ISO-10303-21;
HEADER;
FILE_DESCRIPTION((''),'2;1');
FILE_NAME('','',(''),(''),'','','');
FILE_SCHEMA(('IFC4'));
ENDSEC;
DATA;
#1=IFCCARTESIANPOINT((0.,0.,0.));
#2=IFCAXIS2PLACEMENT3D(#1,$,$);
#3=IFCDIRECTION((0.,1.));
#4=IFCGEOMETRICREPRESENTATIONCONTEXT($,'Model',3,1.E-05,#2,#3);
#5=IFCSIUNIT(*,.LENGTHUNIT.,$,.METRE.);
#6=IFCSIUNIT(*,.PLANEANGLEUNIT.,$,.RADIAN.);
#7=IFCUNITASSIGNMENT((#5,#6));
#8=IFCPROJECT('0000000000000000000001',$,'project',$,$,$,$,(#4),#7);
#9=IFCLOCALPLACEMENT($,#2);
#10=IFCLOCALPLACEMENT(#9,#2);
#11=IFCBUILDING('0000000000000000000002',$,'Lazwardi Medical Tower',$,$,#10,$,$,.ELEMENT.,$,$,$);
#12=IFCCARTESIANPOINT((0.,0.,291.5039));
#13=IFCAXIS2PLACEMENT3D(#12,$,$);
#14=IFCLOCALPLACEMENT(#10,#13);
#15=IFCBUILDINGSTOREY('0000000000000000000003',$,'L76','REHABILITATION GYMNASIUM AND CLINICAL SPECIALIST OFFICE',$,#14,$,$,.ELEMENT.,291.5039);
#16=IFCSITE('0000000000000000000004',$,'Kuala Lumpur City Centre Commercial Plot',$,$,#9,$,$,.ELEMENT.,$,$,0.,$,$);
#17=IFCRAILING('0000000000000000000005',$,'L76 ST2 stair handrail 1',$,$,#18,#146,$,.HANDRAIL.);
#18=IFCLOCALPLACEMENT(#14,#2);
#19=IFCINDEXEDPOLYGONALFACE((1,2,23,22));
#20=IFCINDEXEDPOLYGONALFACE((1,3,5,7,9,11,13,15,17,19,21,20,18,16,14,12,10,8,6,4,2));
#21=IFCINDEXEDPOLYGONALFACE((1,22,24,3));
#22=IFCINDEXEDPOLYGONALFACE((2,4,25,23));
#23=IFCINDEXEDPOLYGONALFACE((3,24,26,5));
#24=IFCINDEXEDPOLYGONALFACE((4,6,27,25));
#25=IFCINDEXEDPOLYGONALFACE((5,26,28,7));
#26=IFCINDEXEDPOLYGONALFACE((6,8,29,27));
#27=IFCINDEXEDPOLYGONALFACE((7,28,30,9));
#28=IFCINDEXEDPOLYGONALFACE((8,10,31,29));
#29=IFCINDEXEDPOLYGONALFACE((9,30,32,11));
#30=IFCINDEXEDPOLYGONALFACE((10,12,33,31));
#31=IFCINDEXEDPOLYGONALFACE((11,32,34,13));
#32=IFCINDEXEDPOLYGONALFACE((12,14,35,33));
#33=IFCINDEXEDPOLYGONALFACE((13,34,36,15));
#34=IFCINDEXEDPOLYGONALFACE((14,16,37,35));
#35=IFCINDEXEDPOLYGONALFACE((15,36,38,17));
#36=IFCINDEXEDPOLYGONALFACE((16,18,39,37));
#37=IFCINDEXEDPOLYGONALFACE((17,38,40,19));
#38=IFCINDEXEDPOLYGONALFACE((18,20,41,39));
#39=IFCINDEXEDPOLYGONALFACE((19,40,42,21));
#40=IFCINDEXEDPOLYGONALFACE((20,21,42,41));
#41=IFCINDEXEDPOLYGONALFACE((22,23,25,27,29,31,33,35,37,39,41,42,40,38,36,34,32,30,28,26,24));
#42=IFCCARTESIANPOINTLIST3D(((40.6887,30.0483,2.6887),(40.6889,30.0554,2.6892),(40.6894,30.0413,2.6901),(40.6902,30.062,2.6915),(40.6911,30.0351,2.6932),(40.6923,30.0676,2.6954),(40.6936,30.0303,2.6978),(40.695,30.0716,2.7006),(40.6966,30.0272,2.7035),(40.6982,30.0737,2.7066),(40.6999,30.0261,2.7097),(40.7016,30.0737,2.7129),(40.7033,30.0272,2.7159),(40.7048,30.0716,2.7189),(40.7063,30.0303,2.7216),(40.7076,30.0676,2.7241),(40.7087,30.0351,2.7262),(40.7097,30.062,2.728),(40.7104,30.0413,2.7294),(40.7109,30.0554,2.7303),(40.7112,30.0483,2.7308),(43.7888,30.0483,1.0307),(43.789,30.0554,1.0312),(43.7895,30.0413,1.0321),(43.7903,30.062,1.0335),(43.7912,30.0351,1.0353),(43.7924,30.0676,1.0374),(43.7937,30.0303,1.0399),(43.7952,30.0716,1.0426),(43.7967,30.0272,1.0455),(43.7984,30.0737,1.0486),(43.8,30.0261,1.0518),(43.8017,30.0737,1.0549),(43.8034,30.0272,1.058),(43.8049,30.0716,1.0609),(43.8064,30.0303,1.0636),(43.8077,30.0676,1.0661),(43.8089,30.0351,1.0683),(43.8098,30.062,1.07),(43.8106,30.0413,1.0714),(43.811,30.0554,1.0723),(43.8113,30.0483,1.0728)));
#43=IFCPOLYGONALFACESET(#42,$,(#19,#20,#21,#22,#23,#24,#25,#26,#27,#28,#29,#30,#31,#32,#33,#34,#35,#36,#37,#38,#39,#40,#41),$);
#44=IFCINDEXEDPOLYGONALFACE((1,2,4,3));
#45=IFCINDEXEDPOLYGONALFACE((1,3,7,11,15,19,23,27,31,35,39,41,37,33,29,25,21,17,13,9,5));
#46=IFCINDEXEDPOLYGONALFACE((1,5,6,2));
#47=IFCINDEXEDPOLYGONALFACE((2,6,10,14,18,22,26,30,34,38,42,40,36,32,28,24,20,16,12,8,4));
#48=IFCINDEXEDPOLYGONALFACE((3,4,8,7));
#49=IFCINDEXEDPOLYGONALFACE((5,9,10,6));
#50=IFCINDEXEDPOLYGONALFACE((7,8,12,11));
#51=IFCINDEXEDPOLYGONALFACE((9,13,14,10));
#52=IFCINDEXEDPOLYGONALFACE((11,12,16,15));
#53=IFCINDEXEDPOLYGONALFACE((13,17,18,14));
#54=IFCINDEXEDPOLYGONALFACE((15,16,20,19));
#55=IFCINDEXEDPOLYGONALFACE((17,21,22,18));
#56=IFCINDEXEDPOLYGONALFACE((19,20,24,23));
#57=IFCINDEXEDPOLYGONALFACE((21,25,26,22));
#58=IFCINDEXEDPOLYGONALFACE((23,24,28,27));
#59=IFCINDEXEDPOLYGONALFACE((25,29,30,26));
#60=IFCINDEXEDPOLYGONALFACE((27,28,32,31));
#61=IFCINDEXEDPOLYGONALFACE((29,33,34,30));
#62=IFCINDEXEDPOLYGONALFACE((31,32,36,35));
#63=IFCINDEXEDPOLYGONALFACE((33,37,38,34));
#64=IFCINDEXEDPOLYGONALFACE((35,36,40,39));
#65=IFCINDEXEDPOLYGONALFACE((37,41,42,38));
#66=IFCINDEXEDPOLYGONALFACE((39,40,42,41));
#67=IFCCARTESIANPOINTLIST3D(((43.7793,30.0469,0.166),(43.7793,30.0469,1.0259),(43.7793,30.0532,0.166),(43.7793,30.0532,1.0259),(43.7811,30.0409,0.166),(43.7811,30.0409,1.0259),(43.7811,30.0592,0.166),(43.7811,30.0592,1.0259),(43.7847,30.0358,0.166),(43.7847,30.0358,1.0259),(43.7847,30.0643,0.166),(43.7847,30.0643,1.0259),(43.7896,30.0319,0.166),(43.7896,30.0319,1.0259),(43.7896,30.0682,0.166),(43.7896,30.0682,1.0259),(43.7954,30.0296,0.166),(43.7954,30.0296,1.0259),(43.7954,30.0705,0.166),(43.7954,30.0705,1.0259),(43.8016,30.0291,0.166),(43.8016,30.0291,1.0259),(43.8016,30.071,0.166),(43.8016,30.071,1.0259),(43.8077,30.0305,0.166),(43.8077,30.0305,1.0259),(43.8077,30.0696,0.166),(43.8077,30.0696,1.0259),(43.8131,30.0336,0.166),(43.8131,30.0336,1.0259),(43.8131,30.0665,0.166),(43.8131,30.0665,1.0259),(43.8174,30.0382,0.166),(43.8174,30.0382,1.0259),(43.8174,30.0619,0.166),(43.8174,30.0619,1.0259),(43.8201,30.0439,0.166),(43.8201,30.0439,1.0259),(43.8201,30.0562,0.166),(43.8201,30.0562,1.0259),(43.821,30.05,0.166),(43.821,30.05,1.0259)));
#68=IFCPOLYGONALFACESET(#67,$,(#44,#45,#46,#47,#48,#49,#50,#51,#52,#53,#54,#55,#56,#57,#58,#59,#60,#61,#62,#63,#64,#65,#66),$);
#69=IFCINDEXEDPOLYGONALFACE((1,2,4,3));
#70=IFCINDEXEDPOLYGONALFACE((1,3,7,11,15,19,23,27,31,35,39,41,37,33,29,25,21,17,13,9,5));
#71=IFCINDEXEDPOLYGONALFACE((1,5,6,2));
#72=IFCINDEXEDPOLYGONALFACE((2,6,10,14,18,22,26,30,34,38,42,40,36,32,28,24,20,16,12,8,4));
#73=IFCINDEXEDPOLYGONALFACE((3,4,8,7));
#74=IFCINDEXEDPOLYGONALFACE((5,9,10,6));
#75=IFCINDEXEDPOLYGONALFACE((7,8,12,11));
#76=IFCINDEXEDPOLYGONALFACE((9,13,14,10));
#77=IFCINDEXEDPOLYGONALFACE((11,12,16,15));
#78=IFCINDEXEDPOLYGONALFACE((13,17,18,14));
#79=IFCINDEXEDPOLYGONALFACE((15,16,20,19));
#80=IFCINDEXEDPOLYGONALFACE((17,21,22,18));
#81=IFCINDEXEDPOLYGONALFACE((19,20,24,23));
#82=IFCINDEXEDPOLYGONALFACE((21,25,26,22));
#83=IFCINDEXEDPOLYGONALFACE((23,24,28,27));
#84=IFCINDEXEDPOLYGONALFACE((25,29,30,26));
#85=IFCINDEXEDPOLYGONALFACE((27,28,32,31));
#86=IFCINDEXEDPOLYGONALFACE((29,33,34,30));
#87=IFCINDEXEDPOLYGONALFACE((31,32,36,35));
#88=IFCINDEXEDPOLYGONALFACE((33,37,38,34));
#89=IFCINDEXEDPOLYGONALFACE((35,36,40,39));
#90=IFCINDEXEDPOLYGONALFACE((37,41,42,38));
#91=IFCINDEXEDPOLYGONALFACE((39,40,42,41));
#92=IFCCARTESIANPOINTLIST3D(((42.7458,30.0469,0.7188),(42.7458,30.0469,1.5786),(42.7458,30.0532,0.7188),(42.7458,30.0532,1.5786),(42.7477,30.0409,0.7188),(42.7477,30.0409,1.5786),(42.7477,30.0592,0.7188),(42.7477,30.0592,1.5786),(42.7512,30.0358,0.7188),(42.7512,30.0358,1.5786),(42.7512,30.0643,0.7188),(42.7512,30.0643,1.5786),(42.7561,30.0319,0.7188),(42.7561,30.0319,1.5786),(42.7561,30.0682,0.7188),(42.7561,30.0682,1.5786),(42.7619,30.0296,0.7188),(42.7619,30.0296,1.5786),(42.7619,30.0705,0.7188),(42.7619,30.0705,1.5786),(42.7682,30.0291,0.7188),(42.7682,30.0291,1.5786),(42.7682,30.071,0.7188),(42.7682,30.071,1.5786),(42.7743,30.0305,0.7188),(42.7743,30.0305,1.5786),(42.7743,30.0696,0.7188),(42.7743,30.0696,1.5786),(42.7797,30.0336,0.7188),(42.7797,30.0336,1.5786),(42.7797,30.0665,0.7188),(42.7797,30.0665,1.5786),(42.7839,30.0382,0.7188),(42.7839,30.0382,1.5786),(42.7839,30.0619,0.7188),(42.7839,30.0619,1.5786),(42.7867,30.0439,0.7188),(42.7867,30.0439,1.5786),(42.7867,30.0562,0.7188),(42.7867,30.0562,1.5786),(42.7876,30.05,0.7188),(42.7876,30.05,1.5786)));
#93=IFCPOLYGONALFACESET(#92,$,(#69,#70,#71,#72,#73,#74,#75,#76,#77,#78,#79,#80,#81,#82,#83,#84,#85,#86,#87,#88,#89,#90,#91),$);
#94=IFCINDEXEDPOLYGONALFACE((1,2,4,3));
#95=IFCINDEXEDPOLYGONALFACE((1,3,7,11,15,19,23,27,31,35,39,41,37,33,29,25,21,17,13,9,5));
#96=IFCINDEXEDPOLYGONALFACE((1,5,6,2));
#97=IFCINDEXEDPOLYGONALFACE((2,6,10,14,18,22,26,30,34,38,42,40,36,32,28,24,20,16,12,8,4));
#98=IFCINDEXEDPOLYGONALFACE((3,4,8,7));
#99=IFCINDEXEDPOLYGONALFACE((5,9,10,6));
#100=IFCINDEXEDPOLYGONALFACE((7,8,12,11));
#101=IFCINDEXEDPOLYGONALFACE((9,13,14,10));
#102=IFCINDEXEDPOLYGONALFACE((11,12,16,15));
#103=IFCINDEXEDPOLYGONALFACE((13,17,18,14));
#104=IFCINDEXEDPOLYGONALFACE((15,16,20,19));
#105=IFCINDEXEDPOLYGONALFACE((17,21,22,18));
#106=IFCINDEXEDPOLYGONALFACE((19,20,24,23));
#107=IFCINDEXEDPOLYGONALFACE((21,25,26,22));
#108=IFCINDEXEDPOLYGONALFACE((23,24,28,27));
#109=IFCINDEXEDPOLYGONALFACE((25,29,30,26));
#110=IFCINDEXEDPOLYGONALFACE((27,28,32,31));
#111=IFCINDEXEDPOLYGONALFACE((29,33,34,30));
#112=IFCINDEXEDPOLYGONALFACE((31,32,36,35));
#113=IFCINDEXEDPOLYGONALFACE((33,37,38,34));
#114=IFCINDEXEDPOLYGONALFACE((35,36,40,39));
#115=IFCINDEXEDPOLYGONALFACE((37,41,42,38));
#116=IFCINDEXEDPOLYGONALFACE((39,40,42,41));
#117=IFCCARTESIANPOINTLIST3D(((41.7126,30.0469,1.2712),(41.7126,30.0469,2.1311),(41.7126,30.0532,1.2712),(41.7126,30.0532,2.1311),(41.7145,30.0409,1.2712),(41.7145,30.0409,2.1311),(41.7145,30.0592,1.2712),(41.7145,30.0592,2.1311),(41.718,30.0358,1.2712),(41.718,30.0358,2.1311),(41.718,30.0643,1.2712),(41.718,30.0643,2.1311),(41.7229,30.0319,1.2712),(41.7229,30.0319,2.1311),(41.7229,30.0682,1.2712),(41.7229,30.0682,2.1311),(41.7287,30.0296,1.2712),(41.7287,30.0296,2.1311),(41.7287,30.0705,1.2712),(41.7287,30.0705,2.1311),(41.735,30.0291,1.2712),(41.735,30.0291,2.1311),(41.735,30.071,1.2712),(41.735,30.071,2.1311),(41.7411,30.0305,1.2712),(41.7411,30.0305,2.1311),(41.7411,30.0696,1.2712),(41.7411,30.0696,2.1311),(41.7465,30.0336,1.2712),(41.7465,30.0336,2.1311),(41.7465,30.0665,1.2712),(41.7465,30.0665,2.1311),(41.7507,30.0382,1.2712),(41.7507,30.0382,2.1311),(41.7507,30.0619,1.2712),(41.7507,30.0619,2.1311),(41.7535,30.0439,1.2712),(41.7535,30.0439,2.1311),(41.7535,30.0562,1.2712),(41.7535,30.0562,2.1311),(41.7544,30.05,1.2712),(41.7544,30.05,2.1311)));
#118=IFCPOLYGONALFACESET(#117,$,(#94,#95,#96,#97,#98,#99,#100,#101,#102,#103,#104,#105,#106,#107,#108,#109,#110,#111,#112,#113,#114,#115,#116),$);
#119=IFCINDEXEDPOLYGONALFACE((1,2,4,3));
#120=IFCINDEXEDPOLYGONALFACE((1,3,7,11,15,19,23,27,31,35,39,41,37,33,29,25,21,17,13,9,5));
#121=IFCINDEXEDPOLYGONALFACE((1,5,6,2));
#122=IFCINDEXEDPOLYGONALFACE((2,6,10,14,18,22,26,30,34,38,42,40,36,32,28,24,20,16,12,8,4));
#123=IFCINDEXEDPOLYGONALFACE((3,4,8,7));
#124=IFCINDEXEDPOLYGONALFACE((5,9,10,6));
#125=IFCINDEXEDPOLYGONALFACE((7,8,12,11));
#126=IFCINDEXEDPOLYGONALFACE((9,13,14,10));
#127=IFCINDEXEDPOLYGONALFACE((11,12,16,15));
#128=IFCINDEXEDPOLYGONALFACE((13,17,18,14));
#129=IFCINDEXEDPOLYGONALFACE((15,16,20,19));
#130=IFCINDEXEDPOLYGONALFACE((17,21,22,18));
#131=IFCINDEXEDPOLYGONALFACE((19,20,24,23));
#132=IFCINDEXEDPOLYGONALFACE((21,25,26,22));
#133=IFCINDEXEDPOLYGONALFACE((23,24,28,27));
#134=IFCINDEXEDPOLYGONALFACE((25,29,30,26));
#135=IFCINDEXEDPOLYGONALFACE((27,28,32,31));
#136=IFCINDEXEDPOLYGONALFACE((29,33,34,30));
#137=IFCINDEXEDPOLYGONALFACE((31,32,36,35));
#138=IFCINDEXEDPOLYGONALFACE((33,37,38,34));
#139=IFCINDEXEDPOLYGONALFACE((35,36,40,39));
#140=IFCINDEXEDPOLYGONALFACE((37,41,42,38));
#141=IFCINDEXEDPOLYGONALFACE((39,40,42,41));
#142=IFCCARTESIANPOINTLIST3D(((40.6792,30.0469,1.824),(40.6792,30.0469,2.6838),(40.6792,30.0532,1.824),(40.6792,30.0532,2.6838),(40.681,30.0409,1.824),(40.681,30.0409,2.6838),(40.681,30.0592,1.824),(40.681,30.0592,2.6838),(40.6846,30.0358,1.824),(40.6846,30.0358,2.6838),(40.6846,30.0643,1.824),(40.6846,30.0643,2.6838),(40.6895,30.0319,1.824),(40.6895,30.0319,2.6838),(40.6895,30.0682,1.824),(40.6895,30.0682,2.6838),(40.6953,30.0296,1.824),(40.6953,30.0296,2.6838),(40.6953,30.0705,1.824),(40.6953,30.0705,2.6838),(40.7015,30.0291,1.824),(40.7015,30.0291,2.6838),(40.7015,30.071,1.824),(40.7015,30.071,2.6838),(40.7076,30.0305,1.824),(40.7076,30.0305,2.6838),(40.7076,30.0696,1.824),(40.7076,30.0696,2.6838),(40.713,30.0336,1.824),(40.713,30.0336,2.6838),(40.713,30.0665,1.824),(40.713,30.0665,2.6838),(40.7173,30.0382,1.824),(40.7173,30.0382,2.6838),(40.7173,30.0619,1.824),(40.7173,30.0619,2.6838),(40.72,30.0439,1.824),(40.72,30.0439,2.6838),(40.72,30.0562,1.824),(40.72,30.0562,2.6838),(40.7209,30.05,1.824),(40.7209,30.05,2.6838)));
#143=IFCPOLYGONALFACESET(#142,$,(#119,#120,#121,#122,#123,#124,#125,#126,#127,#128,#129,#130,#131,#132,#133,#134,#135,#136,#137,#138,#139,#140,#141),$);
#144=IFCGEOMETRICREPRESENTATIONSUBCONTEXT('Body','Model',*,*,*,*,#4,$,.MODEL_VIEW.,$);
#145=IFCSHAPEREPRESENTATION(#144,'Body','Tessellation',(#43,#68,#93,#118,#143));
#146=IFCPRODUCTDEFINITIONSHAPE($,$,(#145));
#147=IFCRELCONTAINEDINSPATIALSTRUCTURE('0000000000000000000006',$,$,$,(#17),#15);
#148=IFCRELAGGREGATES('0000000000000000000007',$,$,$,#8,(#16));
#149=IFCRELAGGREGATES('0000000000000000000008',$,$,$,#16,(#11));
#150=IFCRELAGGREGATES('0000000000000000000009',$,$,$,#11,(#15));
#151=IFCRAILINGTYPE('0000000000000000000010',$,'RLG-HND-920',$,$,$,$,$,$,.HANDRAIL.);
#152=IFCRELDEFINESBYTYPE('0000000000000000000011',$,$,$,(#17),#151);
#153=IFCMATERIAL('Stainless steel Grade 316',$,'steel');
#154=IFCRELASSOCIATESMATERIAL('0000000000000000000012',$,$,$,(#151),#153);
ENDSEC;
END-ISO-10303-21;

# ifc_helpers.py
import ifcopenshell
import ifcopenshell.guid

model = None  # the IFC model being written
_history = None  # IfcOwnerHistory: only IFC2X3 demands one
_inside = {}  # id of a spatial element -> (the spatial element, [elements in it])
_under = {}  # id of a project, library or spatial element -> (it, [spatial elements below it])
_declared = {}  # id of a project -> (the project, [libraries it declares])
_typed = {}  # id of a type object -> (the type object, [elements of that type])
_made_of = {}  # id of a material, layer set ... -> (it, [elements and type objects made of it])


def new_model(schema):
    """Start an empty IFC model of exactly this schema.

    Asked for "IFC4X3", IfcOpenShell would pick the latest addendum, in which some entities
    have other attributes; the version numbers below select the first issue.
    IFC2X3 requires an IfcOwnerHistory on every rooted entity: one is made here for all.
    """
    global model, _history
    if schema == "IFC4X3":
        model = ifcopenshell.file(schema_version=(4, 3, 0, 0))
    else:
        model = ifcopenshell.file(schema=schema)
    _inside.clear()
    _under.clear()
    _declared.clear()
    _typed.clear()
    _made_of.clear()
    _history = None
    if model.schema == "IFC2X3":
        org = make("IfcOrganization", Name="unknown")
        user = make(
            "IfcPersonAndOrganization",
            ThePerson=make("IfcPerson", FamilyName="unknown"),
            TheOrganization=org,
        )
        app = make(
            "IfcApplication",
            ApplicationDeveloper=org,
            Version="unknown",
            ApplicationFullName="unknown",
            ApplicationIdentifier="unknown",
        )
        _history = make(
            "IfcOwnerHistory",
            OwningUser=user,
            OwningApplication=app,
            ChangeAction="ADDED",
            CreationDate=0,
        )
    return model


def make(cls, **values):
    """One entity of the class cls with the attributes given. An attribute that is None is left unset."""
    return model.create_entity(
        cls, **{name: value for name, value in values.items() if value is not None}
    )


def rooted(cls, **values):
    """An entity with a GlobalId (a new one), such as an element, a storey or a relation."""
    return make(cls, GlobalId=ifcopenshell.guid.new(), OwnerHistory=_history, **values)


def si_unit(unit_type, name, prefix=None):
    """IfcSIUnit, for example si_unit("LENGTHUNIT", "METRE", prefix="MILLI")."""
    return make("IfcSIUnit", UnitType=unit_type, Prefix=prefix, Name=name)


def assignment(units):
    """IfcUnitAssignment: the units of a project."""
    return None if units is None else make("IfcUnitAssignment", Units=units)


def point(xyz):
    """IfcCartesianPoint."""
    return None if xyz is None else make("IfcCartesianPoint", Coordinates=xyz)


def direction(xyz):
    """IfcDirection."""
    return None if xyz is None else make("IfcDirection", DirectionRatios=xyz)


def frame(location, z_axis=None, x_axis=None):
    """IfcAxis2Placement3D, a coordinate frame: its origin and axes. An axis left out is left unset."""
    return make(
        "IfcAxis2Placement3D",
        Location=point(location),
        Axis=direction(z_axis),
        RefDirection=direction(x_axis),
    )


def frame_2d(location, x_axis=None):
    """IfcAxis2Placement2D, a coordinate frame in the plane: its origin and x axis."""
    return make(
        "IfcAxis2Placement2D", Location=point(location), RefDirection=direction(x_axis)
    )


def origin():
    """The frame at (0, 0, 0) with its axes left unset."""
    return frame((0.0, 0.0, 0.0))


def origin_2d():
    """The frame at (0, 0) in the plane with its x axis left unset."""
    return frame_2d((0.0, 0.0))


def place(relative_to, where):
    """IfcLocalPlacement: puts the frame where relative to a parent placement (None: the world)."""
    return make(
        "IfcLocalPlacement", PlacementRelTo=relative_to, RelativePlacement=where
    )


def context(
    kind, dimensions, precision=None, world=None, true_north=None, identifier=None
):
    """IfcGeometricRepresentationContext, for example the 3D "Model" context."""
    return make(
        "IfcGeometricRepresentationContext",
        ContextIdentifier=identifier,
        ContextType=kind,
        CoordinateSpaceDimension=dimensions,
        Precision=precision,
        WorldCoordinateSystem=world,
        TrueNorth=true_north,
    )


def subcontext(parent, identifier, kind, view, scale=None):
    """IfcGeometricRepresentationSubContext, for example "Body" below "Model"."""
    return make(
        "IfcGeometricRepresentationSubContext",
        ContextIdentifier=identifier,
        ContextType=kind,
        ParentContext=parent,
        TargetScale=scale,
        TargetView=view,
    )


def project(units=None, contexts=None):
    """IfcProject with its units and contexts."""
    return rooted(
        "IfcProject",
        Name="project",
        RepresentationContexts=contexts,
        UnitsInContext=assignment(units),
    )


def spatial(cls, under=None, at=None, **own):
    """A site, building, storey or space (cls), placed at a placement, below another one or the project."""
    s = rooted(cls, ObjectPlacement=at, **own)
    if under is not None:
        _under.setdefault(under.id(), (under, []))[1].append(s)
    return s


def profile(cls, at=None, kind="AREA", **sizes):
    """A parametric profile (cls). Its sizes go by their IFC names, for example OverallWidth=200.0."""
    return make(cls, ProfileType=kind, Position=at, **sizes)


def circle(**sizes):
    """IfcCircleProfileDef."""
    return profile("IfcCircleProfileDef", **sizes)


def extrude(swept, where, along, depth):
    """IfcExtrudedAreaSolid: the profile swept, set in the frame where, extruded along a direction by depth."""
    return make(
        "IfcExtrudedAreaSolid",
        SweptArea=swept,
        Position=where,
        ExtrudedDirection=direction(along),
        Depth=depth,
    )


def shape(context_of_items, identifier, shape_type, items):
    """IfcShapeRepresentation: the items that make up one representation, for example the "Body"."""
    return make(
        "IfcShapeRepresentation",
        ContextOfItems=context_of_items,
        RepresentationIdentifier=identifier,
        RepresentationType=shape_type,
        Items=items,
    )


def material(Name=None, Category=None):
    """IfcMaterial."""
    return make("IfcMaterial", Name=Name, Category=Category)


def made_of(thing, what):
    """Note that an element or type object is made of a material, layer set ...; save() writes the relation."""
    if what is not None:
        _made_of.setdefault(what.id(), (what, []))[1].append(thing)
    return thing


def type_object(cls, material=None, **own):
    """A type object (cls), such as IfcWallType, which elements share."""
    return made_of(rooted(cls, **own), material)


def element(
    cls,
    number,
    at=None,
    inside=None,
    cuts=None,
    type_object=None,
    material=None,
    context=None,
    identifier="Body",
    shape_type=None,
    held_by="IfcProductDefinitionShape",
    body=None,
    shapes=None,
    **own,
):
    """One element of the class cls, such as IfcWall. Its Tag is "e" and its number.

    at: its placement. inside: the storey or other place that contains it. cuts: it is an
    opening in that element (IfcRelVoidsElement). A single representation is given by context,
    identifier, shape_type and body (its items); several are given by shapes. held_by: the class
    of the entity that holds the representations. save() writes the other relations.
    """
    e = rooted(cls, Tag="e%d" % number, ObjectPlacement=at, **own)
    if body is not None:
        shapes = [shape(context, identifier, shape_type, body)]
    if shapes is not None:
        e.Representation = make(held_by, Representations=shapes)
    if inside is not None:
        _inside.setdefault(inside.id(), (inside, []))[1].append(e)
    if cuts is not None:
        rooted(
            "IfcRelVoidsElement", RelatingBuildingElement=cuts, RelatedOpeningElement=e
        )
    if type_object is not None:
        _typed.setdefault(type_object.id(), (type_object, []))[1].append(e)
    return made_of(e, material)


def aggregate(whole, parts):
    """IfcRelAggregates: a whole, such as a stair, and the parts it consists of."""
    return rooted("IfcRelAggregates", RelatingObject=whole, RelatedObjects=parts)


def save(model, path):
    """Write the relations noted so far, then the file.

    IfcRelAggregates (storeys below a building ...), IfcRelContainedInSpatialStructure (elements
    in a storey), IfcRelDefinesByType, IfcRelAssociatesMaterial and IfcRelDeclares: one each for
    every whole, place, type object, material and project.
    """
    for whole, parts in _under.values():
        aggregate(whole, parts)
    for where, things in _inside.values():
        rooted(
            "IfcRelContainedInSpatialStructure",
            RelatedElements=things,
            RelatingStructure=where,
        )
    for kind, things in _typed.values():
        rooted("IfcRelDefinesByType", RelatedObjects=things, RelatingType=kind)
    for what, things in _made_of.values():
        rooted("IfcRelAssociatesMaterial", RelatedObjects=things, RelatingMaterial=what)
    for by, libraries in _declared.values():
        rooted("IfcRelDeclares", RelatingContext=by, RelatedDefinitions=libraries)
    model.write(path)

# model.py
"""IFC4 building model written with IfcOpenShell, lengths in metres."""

from ifc_helpers import new_model, si_unit, direction, frame, origin, origin_2d, place, context, subcontext, project, spatial, circle, extrude, material, type_object, element, save


model = new_model("IFC4")

# Units and contexts
model_context = context("Model", 3, precision=1e-05, world=origin(), true_north=direction((0.0, 1.0)))
body_context = subcontext(model_context, "Body", "Model", "MODEL_VIEW")
ifc_project = project(units=[si_unit("LENGTHUNIT", "METRE"), si_unit("PLANEANGLEUNIT", "RADIAN")], contexts=[model_context])

# Site, building, storey
site_placement = place(None, origin())
site = spatial("IfcSite", under=ifc_project, at=site_placement, Name="Kuala Lumpur City Centre Commercial Plot", CompositionType="ELEMENT", RefElevation=0.0)
building_placement = place(site_placement, origin())
building = spatial("IfcBuilding", under=site, at=building_placement, Name="Lazwardi Medical Tower", CompositionType="ELEMENT")
storey_placement = place(building_placement, frame((0.0, 0.0, 291.5039)))
storey = spatial("IfcBuildingStorey", under=building, at=storey_placement, Name="L76", Description="REHABILITATION GYMNASIUM AND CLINICAL SPECIALIST OFFICE", CompositionType="ELEMENT", Elevation=291.5039)

# Railing
ifc_material_1 = material(Name="Stainless steel Grade 316", Category="steel")
railing_type_1 = type_object("IfcRailingType", Name="RLG-HND-920", PredefinedType="HANDRAIL", material=ifc_material_1)
railing_1_placement = place(storey_placement, frame((43.8, 30.05, 0.166)))
element("IfcRailing", 1, at=railing_1_placement, inside=storey, type_object=railing_type_1, Name="L76 ST2 stair handrail 1", PredefinedType="HANDRAIL", context=body_context, shape_type="SweptSolid", body=[
    extrude(circle(Radius=0.0239, at=origin_2d()), frame((0.0, 0.0, 0.8857), z_axis=(-0.881812, 0.0, 0.471601), x_axis=(0.0, -1.0, 0.0)), (0.0, 0.0, 1.0), 3.5156),
    extrude(circle(Radius=0.021, at=origin_2d()), origin(), (0.0, 0.0, 1.0), 0.8599),
    extrude(circle(Radius=0.021, at=origin_2d()), frame((-1.0334, 0.0, 0.5527)), (0.0, 0.0, 1.0), 0.8599),
    extrude(circle(Radius=0.021, at=origin_2d()), frame((-2.0667, 0.0, 1.1052)), (0.0, 0.0, 1.0), 0.8599),
    extrude(circle(Radius=0.021, at=origin_2d()), frame((-3.1001, 0.0, 1.658)), (0.0, 0.0, 1.0), 0.8599),
])

save(model, "model.ifc")
